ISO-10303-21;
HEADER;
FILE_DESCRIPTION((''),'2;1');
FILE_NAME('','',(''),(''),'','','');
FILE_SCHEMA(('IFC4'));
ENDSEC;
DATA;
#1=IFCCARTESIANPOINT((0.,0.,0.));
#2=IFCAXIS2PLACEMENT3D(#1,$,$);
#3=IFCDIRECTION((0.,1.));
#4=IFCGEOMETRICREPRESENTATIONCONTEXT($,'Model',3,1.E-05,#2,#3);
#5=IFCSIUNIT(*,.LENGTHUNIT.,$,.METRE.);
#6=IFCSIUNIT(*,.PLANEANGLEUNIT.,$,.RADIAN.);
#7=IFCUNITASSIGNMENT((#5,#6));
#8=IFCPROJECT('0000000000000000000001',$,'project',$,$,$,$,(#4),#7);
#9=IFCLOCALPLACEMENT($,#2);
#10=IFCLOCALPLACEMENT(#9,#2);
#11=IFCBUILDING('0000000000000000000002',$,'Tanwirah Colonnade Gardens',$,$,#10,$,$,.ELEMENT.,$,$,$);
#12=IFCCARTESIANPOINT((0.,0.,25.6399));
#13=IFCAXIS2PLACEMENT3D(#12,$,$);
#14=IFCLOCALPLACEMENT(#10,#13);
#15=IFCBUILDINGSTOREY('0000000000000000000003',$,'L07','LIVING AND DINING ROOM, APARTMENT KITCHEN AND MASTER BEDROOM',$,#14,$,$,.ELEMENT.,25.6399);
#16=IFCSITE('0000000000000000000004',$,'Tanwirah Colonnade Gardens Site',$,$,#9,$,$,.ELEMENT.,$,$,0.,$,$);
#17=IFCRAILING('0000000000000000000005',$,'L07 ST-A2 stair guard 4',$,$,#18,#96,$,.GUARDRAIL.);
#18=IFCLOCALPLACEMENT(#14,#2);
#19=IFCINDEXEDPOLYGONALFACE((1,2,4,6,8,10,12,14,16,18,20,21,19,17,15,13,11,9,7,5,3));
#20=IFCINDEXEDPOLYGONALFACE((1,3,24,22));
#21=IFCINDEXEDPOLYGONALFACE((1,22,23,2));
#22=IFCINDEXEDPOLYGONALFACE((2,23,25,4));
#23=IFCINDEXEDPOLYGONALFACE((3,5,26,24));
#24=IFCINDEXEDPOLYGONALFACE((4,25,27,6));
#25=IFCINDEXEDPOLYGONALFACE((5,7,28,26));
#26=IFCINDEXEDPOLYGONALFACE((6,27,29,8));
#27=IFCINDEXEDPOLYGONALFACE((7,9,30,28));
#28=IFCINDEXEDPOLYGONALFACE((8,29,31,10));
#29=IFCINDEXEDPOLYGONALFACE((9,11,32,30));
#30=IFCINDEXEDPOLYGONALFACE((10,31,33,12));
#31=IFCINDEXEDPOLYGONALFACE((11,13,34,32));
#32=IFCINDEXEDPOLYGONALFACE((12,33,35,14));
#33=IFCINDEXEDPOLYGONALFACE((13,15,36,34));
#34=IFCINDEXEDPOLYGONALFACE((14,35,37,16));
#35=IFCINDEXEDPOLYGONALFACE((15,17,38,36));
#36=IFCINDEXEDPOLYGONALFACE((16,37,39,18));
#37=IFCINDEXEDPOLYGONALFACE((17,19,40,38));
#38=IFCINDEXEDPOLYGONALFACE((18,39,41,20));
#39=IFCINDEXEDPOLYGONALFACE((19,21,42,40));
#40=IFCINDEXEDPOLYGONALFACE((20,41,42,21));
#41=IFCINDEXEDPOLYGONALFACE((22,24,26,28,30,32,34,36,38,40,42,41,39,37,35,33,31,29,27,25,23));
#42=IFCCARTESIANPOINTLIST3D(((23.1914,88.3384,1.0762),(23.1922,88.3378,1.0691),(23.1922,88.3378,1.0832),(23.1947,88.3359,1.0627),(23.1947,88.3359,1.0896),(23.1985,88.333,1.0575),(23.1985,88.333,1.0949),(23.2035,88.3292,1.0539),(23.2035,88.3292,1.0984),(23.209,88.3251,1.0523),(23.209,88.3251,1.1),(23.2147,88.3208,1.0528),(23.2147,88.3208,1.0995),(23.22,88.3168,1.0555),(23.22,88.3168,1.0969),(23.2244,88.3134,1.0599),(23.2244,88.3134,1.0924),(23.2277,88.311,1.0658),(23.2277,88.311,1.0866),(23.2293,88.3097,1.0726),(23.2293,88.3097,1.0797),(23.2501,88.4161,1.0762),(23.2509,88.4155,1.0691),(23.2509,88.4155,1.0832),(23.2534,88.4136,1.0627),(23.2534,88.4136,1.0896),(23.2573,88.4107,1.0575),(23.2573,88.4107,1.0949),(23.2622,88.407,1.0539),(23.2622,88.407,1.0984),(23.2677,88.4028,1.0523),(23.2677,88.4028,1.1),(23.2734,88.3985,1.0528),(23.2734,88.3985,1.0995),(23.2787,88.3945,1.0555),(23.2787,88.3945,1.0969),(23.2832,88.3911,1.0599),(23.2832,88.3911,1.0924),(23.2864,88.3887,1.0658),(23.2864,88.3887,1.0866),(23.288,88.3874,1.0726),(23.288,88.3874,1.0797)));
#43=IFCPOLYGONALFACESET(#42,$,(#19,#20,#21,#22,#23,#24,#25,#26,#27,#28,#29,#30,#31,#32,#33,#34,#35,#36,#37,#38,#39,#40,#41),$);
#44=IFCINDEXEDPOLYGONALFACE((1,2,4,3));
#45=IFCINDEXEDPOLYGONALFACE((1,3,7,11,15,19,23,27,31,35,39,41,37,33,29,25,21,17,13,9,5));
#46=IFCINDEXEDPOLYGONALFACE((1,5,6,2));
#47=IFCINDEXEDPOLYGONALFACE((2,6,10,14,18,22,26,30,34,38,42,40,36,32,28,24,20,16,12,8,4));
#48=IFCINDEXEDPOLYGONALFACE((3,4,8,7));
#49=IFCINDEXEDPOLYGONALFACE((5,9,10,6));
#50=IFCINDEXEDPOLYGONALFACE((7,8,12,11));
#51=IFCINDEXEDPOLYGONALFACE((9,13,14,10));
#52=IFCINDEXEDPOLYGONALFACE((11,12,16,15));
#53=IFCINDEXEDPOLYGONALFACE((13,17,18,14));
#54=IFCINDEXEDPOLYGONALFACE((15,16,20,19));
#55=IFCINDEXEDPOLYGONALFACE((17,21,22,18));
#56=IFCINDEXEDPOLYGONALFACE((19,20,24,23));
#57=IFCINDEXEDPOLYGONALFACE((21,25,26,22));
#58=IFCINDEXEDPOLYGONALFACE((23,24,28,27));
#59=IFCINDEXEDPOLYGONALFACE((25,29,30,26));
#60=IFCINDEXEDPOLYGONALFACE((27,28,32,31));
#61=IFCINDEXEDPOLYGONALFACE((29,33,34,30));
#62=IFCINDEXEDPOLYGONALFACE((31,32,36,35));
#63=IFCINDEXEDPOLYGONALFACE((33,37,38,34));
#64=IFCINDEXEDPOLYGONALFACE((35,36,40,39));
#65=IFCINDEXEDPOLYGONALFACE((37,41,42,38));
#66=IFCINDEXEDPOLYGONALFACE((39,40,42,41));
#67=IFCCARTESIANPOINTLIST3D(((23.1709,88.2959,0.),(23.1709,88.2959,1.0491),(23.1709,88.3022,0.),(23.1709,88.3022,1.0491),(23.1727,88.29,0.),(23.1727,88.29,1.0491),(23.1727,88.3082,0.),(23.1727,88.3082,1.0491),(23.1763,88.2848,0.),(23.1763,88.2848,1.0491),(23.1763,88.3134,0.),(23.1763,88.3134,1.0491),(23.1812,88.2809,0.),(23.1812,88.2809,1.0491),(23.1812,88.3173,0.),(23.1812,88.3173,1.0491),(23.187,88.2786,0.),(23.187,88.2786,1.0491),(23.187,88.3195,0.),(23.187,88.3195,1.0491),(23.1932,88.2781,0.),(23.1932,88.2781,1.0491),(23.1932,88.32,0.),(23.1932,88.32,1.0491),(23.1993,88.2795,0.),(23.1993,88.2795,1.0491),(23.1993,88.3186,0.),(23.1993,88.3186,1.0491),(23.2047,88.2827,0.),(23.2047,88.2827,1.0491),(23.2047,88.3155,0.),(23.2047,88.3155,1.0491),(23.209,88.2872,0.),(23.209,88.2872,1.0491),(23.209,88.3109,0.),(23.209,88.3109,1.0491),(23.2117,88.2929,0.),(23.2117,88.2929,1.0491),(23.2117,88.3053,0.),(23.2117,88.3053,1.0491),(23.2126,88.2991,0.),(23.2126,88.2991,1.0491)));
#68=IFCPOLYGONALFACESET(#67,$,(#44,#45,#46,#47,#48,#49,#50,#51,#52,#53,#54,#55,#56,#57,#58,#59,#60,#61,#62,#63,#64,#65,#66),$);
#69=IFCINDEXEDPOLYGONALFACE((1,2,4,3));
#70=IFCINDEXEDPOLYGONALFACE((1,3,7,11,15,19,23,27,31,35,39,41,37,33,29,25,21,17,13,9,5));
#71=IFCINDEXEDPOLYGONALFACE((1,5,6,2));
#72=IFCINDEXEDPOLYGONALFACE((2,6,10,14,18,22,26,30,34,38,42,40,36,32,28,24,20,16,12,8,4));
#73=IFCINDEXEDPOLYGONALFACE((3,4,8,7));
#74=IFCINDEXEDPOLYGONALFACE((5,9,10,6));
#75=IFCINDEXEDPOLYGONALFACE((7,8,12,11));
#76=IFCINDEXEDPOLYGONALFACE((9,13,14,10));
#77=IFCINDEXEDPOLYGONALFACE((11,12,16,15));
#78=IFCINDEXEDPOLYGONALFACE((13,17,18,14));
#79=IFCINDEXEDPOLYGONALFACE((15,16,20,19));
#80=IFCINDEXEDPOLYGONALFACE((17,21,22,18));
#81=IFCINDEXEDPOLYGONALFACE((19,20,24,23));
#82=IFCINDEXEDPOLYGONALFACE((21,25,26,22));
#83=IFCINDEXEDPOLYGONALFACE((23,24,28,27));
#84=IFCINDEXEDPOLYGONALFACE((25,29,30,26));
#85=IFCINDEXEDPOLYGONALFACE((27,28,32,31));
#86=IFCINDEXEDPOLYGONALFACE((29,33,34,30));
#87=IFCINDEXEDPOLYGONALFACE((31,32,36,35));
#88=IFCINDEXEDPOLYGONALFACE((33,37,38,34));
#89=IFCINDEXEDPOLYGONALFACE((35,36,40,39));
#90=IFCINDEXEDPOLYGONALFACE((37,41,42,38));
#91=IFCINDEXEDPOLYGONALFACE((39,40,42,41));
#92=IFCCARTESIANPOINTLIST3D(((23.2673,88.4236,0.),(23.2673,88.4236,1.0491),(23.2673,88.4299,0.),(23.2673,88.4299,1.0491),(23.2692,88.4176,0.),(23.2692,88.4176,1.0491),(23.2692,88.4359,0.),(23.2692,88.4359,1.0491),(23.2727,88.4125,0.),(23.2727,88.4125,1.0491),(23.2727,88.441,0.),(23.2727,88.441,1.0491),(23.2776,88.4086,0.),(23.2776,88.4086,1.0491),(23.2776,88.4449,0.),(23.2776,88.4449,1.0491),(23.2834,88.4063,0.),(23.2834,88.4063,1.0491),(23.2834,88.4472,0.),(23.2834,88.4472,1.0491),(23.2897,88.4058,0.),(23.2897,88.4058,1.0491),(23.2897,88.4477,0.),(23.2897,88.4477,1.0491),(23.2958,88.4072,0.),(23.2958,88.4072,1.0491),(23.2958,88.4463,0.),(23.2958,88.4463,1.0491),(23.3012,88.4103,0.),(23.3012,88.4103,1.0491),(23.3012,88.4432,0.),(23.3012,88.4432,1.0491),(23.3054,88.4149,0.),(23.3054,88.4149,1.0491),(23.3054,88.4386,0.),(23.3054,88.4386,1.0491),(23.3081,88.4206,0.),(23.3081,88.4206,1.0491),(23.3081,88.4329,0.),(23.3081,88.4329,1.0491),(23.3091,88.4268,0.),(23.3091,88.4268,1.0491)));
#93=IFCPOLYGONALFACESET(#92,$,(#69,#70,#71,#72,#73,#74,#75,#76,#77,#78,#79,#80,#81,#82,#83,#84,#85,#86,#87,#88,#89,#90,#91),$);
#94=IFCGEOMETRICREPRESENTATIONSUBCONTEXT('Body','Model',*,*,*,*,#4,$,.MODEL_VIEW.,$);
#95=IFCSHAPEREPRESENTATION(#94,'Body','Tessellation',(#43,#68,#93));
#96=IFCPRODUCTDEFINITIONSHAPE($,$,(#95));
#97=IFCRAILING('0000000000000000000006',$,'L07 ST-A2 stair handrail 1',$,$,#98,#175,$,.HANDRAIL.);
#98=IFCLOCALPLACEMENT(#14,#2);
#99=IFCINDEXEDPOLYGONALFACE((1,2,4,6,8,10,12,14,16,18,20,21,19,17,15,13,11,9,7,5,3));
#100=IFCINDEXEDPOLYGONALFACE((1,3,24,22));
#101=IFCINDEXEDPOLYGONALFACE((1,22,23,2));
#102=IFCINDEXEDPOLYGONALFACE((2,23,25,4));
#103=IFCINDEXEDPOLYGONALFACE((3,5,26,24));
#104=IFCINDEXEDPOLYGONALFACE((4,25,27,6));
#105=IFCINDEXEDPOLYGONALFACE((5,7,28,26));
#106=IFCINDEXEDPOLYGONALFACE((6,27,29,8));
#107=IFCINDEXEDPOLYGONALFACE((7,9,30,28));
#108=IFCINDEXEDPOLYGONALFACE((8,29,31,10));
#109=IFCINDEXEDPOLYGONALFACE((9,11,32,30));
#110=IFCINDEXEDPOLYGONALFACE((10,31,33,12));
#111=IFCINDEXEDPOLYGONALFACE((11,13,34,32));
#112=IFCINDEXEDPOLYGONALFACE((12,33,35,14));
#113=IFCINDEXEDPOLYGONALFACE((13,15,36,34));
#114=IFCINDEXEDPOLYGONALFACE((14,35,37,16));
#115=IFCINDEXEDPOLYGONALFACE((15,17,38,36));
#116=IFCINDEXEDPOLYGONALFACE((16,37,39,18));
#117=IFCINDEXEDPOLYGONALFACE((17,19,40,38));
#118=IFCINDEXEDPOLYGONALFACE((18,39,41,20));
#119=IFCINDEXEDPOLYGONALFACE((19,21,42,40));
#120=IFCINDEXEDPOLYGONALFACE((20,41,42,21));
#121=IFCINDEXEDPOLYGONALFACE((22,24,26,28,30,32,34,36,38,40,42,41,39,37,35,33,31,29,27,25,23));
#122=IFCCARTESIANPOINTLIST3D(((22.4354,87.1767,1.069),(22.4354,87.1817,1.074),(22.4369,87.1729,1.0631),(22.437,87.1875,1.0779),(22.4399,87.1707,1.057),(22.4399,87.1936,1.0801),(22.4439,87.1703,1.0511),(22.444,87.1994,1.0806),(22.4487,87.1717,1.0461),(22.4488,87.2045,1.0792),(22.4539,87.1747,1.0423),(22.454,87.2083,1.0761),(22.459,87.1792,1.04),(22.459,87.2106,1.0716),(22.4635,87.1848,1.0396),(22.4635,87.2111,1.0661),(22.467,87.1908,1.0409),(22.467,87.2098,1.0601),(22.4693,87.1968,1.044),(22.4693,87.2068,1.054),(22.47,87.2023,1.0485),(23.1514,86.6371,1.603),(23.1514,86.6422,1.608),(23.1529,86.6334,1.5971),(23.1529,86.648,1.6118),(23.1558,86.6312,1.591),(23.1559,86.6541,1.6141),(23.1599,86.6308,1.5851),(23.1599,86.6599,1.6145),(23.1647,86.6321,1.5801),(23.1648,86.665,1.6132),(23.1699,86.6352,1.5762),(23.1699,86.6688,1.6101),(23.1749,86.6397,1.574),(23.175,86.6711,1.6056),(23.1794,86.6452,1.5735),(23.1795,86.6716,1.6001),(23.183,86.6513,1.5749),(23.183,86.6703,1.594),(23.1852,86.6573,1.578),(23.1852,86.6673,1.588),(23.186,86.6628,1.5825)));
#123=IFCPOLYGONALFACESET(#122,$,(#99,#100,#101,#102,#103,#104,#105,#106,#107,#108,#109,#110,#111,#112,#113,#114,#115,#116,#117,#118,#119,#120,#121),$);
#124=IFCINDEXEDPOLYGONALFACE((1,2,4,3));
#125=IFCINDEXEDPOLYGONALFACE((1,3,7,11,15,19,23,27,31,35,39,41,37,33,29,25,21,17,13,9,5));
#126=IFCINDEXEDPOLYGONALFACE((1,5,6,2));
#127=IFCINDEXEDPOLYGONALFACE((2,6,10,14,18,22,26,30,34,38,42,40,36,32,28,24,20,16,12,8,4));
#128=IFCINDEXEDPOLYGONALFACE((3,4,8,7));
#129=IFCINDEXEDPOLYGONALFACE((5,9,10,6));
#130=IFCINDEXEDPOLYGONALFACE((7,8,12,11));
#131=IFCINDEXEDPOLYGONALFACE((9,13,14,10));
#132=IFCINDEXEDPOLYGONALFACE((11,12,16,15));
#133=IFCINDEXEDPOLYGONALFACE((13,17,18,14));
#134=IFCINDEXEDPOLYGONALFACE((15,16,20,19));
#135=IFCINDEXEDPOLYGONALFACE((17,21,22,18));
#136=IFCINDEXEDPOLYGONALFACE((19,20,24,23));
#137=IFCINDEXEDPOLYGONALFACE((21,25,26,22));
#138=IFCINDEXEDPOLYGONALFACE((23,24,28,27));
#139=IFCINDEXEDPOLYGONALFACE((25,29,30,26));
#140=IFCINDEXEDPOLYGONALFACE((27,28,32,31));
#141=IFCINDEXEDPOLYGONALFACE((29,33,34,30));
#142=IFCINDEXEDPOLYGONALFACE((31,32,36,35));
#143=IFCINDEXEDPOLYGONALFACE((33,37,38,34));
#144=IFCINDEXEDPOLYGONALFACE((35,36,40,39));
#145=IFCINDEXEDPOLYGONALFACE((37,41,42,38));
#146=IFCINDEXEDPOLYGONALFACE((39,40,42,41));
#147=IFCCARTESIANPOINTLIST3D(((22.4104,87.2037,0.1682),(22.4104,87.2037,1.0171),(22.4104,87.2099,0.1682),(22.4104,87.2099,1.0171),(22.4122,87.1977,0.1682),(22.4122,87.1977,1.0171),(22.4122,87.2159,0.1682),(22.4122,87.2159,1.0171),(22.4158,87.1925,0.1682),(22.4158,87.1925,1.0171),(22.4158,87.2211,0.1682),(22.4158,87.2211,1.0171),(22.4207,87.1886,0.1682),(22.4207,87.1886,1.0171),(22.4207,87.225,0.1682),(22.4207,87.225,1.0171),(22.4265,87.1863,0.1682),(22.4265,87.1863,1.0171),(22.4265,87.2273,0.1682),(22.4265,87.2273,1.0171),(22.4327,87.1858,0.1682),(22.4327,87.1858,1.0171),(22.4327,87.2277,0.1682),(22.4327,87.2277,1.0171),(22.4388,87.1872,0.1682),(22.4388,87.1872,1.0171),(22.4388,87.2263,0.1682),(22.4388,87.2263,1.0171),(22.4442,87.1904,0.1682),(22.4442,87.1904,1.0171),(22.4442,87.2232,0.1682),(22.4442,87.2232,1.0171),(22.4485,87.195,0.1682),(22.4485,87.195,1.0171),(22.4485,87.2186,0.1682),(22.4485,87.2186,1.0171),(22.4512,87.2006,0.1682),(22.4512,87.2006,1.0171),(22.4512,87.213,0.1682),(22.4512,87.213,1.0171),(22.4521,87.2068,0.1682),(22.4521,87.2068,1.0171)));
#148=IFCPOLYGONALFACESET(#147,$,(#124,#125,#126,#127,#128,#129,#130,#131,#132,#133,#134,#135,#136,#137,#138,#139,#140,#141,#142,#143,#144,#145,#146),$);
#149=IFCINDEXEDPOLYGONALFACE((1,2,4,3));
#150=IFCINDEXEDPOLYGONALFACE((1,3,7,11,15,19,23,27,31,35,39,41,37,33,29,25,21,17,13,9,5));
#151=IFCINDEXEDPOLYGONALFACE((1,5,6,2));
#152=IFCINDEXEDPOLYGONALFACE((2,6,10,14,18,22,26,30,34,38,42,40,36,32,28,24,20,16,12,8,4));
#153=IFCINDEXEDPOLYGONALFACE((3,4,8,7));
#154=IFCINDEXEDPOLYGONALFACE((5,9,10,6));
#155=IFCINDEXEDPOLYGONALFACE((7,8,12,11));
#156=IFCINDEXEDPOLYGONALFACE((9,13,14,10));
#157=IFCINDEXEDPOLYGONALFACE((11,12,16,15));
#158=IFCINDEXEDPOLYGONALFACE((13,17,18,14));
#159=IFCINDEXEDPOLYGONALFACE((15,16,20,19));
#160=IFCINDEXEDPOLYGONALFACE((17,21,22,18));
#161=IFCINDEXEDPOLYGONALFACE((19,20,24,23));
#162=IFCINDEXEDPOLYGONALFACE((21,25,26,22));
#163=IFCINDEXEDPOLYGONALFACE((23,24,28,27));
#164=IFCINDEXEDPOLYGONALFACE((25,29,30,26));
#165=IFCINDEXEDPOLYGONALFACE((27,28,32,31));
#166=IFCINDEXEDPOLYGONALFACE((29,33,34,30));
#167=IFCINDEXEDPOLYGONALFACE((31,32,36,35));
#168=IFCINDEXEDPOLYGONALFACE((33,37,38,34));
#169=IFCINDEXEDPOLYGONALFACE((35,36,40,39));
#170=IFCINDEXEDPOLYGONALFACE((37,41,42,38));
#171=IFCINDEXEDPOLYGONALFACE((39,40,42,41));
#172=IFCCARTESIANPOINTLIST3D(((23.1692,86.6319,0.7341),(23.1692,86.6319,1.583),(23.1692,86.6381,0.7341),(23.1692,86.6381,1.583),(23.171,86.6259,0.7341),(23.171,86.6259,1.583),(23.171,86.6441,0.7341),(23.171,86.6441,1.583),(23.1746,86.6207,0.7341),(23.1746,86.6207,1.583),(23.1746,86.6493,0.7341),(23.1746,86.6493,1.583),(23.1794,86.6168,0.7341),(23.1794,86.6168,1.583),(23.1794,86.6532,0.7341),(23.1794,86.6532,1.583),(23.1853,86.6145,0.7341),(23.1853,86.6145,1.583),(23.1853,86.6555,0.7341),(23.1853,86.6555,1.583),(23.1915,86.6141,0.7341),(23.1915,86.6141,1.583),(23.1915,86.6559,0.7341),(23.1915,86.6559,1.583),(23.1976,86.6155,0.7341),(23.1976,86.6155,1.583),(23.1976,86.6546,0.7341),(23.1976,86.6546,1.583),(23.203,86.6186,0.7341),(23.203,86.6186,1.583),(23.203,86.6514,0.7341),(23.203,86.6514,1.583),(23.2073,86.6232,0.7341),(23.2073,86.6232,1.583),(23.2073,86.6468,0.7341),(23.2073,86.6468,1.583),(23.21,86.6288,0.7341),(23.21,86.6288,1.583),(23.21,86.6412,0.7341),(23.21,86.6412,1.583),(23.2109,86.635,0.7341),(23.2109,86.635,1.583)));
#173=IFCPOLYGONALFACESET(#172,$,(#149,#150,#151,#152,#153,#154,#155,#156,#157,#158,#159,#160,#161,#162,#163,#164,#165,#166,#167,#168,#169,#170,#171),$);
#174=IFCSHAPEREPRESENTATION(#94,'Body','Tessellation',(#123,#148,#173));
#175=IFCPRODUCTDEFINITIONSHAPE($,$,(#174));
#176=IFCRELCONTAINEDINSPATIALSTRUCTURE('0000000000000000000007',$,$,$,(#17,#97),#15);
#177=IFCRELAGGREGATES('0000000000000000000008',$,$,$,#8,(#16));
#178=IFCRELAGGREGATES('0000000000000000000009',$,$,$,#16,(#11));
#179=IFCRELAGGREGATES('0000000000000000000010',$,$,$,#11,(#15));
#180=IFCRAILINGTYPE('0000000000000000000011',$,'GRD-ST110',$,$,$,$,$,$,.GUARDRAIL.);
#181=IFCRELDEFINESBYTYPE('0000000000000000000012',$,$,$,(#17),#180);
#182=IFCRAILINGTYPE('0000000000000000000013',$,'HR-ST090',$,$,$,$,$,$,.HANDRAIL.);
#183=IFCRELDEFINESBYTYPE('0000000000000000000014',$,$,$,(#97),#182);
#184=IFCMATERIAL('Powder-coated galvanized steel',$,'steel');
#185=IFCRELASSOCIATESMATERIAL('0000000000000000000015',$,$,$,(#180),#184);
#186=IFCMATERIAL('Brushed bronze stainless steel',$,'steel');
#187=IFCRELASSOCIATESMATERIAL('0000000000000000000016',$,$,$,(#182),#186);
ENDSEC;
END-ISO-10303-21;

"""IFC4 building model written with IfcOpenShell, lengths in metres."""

from ifc_helpers import new_model, si_unit, direction, frame, origin, origin_2d, place, context, subcontext, project, spatial, circle, extrude, material, type_object, element, save


model = new_model("IFC4")

# Units and contexts
model_context = context("Model", 3, precision=1e-05, world=origin(), true_north=direction((0.0, 1.0)))
body_context = subcontext(model_context, "Body", "Model", "MODEL_VIEW")
ifc_project = project(units=[si_unit("LENGTHUNIT", "METRE"), si_unit("PLANEANGLEUNIT", "RADIAN")], contexts=[model_context])

# Site, building, storey
site_placement = place(None, origin())
site = spatial("IfcSite", under=ifc_project, at=site_placement, Name="Tanwirah Colonnade Gardens Site", CompositionType="ELEMENT", RefElevation=0.0)
building_placement = place(site_placement, origin())
building = spatial("IfcBuilding", under=site, at=building_placement, Name="Tanwirah Colonnade Gardens", CompositionType="ELEMENT")
storey_placement = place(building_placement, frame((0.0, 0.0, 25.6399)))
storey = spatial("IfcBuildingStorey", under=building, at=storey_placement, Name="L07", Description="LIVING AND DINING ROOM, APARTMENT KITCHEN AND MASTER BEDROOM", CompositionType="ELEMENT", Elevation=25.6399)

# Railings
ifc_material_1 = material(Name="Powder-coated galvanized steel", Category="steel")
railing_type_1 = type_object("IfcRailingType", Name="GRD-ST110", PredefinedType="GUARDRAIL", material=ifc_material_1)
railing_1_placement = place(storey_placement, frame((23.1917, 88.2991, 0.0)))
element("IfcRailing", 1, at=railing_1_placement, inside=storey, type_object=railing_type_1, Name="L07 ST-A2 stair guard 4", PredefinedType="GUARDRAIL", context=body_context, shape_type="SweptSolid", body=[
    extrude(circle(Radius=0.0239, at=origin_2d()), frame((0.0188, 0.0249, 1.0762), z_axis=(0.602682, 0.797981, 0.0), x_axis=(-0.797981, 0.602682, 0.0)), (0.0, 0.0, 1.0), 0.0974),
    extrude(circle(Radius=0.021, at=origin_2d()), origin(), (0.0, 0.0, 1.0), 1.0491),
    extrude(circle(Radius=0.021, at=origin_2d()), frame((0.0964, 0.1277, 0.0)), (0.0, 0.0, 1.0), 1.0491),
])
ifc_material_2 = material(Name="Brushed bronze stainless steel", Category="steel")
railing_type_2 = type_object("IfcRailingType", Name="HR-ST090", PredefinedType="HANDRAIL", material=ifc_material_2)
railing_2_placement = place(storey_placement, frame((22.4312, 87.2068, 0.1682)))
element("IfcRailing", 2, at=railing_2_placement, inside=storey, type_object=railing_type_2, Name="L07 ST-A2 stair handrail 1", PredefinedType="HANDRAIL", context=body_context, shape_type="SweptSolid", body=[
    extrude(circle(Radius=0.0239, at=origin_2d()), frame((0.0215, -0.0161, 0.8918), z_axis=(0.686145, -0.517037, 0.511739), x_axis=(0.601807, 0.798641, 0.0)), (0.0, 0.0, 1.0), 1.0435),
    extrude(circle(Radius=0.021, at=origin_2d()), origin(), (0.0, 0.0, 1.0), 0.8489),
    extrude(circle(Radius=0.021, at=origin_2d()), frame((0.7588, -0.5718, 0.5659)), (0.0, 0.0, 1.0), 0.8489),
])

save(model, "model.ifc")
